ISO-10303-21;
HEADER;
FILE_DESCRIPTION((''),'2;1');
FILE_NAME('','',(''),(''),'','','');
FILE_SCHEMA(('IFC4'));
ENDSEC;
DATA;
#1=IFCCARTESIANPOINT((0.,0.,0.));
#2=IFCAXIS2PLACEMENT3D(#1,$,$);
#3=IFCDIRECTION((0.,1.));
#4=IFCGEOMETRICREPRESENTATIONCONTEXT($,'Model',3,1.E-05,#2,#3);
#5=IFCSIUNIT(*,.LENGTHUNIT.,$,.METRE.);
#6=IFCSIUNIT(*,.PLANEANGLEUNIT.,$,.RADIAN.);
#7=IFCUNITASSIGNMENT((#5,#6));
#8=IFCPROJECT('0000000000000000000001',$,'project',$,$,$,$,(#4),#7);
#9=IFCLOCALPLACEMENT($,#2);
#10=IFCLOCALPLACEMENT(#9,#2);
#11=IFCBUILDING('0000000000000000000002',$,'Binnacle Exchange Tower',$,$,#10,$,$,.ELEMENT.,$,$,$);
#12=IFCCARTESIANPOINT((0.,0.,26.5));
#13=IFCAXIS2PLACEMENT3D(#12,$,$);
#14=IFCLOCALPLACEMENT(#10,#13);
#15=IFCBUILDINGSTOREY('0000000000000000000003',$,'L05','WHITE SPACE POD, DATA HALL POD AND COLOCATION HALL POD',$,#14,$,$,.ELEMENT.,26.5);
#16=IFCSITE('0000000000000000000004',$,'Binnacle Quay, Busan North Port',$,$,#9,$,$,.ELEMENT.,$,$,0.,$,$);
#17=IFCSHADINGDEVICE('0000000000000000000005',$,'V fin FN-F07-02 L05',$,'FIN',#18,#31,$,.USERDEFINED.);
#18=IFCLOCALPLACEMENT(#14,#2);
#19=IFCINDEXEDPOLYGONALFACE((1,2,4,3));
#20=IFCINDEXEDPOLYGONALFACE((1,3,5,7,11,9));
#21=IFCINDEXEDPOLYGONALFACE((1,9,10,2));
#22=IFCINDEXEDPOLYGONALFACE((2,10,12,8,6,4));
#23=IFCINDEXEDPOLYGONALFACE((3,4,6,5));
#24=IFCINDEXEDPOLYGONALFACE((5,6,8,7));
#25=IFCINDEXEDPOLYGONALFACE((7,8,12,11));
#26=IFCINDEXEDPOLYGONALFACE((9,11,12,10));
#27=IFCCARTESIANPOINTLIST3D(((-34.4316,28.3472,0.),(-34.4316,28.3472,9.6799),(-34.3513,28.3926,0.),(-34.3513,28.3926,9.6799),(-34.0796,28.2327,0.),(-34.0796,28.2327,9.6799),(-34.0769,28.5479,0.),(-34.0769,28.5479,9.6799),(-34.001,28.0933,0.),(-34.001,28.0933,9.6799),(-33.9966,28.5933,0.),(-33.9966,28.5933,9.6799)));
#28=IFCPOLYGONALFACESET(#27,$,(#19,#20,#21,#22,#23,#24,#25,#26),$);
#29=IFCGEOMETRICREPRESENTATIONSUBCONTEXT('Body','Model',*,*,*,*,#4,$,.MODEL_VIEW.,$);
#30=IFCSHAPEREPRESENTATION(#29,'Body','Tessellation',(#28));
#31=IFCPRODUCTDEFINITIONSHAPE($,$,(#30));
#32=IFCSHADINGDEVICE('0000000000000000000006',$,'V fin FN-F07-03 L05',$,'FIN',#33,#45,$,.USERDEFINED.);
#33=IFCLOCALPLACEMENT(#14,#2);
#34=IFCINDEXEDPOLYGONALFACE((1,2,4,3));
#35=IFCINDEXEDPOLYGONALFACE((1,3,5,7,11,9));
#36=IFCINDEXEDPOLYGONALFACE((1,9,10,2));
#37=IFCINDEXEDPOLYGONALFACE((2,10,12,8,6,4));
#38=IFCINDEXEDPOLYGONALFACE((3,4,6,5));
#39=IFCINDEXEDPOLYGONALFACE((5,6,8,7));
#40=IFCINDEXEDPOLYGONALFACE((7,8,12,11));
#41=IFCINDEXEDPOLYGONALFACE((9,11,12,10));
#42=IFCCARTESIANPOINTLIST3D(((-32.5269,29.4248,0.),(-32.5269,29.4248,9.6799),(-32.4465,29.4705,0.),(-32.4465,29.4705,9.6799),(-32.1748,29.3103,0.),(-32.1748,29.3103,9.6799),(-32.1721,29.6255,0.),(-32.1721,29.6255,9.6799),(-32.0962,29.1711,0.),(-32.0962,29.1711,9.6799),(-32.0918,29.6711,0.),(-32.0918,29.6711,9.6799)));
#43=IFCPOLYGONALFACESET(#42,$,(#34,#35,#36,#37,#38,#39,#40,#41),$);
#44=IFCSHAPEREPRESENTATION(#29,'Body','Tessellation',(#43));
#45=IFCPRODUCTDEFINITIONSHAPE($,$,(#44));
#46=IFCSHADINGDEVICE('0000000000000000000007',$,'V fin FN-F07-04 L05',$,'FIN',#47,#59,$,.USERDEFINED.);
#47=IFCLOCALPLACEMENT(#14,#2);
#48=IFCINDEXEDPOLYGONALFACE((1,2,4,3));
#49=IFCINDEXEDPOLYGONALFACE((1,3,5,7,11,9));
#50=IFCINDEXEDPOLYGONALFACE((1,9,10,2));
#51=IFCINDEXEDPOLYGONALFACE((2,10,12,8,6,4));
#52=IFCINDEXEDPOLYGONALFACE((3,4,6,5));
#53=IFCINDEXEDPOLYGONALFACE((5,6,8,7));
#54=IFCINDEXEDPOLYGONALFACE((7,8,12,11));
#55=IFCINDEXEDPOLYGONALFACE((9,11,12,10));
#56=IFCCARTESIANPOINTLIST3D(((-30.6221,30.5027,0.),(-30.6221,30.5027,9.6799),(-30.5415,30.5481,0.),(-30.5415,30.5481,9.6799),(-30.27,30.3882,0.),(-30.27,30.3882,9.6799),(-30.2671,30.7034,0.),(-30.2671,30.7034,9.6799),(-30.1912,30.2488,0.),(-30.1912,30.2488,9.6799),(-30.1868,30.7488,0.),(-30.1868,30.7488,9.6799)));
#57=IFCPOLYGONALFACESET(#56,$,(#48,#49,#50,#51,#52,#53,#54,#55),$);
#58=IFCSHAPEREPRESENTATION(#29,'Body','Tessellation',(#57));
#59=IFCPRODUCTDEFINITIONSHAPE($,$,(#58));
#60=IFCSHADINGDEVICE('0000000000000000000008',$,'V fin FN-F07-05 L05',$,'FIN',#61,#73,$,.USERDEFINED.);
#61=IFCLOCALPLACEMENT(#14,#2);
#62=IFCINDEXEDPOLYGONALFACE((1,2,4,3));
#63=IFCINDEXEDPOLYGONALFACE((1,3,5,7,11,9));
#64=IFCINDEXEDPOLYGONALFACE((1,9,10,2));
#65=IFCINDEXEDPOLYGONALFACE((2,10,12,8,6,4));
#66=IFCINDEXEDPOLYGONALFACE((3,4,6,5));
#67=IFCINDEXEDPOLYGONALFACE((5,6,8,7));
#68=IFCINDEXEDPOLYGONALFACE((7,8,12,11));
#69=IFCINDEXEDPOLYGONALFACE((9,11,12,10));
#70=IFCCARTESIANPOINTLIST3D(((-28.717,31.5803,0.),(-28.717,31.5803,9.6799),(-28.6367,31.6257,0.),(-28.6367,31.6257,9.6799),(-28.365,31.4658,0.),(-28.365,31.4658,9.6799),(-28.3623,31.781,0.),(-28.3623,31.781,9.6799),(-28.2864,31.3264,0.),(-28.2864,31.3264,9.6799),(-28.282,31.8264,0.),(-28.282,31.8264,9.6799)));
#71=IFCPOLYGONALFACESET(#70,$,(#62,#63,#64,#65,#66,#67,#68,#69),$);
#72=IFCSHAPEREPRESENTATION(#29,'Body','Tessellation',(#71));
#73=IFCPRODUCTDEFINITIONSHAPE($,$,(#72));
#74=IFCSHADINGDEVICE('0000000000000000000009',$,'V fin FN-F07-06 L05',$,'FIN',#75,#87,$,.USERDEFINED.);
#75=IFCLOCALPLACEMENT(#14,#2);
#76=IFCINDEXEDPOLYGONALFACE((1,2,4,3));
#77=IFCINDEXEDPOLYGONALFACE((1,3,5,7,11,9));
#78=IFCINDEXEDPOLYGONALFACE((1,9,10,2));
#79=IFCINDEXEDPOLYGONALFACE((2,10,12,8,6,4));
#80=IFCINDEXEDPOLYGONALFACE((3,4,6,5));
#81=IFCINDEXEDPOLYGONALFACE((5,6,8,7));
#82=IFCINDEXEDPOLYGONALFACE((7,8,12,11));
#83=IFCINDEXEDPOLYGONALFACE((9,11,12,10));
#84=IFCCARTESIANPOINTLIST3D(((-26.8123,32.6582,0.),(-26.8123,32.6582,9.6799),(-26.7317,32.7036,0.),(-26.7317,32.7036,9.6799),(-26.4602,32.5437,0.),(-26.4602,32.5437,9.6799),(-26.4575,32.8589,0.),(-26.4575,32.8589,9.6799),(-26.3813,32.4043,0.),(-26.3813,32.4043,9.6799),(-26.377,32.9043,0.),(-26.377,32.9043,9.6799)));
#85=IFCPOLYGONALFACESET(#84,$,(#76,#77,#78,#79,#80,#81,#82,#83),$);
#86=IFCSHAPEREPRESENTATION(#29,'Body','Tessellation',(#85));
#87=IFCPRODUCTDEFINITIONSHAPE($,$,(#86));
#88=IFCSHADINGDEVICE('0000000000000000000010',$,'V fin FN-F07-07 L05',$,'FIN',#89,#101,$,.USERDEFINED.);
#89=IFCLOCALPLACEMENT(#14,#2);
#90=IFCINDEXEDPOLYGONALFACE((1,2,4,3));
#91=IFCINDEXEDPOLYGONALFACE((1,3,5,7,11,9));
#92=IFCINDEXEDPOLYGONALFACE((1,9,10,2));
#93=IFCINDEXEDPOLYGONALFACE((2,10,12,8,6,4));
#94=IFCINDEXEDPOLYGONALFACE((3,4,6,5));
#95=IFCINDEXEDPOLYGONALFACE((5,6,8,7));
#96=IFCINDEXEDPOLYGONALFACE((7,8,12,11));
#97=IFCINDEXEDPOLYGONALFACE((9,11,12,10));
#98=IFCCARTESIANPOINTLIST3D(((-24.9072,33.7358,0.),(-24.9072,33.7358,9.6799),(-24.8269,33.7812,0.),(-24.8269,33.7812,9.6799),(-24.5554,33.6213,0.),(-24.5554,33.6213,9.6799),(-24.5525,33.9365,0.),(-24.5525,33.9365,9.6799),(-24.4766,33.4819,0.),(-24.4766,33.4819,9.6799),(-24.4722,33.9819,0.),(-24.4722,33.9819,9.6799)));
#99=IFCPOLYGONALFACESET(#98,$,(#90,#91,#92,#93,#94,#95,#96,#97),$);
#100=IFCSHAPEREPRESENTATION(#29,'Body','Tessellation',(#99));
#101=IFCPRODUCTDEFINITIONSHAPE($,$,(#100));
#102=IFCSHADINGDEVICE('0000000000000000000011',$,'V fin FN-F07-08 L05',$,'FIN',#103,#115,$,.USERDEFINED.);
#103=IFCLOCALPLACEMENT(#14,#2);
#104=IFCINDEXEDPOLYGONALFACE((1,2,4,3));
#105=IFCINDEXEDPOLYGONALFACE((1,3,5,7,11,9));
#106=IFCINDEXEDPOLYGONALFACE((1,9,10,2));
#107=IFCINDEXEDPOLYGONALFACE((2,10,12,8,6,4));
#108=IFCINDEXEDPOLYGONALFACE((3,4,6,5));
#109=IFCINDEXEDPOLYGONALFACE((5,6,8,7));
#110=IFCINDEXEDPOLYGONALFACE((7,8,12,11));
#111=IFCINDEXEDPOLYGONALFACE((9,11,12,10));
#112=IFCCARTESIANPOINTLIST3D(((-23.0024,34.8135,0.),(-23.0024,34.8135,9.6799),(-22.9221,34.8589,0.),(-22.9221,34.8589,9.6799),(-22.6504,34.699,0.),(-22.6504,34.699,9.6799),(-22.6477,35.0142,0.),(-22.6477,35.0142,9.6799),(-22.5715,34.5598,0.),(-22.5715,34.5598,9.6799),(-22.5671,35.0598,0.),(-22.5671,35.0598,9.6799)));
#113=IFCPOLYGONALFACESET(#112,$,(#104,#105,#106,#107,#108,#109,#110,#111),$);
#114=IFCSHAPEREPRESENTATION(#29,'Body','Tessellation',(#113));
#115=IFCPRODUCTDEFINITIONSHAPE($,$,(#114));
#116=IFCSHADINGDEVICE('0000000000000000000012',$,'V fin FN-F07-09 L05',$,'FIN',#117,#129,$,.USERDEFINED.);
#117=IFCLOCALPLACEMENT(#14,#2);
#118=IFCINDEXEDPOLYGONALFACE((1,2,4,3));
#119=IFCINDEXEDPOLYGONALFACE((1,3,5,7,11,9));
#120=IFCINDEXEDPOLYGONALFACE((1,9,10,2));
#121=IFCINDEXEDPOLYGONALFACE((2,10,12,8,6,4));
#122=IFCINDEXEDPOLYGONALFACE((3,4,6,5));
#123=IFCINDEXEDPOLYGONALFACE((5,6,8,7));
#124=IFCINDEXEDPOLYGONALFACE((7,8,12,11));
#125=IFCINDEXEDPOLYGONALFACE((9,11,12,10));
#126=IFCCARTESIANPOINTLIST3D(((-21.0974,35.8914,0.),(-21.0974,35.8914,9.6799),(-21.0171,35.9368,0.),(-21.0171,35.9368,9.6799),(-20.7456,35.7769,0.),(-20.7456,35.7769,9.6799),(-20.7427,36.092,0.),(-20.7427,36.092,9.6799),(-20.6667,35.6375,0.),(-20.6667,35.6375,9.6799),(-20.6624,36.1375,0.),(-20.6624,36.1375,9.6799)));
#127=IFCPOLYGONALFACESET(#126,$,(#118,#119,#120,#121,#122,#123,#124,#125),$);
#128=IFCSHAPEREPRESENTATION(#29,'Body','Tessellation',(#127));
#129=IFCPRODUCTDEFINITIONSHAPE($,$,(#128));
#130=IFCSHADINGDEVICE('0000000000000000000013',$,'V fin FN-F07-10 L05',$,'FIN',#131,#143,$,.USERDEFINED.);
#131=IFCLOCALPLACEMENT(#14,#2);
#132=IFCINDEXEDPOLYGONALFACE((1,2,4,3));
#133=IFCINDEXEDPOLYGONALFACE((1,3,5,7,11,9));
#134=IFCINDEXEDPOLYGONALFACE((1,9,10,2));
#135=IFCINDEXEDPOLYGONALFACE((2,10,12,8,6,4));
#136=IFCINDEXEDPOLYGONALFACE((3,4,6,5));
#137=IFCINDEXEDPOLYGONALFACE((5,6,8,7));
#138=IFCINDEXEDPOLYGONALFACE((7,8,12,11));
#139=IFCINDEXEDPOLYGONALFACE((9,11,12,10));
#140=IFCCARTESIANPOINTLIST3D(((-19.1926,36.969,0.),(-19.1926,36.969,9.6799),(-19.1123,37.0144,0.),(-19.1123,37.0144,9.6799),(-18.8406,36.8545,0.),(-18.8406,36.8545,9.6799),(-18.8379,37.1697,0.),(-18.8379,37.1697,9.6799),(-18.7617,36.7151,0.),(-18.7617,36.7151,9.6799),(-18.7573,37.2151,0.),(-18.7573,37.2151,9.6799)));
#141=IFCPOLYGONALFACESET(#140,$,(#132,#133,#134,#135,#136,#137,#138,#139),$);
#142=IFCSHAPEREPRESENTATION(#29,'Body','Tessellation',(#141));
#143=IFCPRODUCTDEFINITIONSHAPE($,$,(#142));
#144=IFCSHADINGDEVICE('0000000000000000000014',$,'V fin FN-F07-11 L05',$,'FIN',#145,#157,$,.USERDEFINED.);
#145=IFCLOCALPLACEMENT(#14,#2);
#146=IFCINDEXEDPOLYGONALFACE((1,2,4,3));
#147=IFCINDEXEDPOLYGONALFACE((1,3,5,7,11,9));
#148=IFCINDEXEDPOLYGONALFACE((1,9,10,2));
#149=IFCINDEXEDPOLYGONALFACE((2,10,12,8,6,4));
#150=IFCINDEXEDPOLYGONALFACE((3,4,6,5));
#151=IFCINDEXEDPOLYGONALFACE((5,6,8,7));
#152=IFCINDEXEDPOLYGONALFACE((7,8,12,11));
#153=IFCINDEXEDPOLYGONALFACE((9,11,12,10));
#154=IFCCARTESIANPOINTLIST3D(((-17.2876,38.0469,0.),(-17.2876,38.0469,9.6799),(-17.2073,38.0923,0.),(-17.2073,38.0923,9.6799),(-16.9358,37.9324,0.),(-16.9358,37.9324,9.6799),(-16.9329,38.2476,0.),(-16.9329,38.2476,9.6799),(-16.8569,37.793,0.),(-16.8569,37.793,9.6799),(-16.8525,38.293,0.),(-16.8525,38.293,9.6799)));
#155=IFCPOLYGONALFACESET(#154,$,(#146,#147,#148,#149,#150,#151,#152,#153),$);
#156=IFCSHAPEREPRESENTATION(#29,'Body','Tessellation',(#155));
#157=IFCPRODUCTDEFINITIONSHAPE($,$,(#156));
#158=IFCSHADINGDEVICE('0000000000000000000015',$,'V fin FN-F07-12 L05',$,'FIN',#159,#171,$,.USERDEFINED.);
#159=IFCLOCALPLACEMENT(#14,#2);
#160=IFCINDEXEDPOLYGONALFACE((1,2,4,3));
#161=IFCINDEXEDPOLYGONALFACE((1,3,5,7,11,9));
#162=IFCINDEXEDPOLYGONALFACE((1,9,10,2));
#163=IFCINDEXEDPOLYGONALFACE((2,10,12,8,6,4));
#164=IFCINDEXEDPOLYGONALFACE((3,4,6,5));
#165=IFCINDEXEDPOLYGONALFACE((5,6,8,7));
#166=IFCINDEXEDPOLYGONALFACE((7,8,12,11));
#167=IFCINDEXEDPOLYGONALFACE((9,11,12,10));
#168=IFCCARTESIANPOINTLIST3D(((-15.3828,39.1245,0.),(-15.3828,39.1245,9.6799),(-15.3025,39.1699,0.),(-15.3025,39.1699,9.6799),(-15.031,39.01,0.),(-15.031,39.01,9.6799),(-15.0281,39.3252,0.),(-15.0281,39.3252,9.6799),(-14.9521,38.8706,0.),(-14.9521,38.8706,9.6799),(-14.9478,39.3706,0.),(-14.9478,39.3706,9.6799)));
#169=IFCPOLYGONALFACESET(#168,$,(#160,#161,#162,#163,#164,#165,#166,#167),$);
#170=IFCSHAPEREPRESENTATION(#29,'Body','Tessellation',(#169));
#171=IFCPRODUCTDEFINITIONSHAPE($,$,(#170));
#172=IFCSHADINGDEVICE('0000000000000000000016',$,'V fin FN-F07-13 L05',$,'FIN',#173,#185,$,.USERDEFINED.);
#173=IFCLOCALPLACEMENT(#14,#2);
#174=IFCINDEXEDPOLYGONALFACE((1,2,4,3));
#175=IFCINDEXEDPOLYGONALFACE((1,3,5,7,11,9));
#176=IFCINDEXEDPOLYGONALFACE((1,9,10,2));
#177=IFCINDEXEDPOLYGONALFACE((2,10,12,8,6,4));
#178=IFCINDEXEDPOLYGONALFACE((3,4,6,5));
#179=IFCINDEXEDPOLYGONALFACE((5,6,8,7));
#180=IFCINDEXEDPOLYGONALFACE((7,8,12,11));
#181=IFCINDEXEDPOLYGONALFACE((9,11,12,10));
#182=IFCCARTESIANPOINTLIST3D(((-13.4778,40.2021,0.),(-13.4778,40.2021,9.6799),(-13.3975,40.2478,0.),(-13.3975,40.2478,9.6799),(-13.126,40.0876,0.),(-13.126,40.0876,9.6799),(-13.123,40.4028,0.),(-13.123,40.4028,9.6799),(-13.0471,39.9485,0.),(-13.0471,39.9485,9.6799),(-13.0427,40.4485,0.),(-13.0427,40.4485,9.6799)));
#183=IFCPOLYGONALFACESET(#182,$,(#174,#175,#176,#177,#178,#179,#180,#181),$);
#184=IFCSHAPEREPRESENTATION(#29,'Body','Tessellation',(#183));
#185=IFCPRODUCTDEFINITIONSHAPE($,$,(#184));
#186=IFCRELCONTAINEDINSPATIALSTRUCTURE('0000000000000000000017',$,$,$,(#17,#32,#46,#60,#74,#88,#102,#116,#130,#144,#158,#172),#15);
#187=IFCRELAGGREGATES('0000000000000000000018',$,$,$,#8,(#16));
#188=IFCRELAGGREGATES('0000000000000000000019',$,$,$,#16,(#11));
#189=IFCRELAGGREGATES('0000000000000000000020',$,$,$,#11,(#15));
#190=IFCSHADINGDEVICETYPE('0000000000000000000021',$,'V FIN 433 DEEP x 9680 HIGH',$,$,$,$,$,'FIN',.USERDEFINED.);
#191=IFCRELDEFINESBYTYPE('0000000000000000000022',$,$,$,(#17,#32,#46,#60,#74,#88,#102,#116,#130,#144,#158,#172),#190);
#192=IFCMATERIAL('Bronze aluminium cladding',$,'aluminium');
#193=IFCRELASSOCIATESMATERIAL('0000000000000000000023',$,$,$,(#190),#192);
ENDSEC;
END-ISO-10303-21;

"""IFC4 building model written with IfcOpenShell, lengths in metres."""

from ifc_helpers import new_model, si_unit, direction, frame, origin, place, context, subcontext, project, spatial, polyline, outline, extrude, material, type_object, element, save


model = new_model("IFC4")

# Units and contexts
model_context = context("Model", 3, precision=1e-05, world=origin(), true_north=direction((0.0, 1.0)))
body_context = subcontext(model_context, "Body", "Model", "MODEL_VIEW")
ifc_project = project(units=[si_unit("LENGTHUNIT", "METRE"), si_unit("PLANEANGLEUNIT", "RADIAN")], contexts=[model_context])

# Site, building, storey
site_placement = place(None, origin())
site = spatial("IfcSite", under=ifc_project, at=site_placement, Name="Binnacle Quay, Busan North Port", CompositionType="ELEMENT", RefElevation=0.0)
building_placement = place(site_placement, origin())
building = spatial("IfcBuilding", under=site, at=building_placement, Name="Binnacle Exchange Tower", CompositionType="ELEMENT")
storey_placement = place(building_placement, frame((0.0, 0.0, 26.5)))
storey = spatial("IfcBuildingStorey", under=building, at=storey_placement, Name="L05", Description="WHITE SPACE POD, DATA HALL POD AND COLOCATION HALL POD", CompositionType="ELEMENT", Elevation=26.5)

# Shading devices
ifc_material = material(Name="Bronze aluminium cladding", Category="aluminium")
shading_device_type = type_object("IfcShadingDeviceType", Name="V FIN 433 DEEP x 9680 HIGH", ElementType="FIN", PredefinedType="USERDEFINED", material=ifc_material)
shading_device_1_placement = place(storey_placement, origin())
element("IfcShadingDevice", 1, at=shading_device_1_placement, inside=storey, type_object=shading_device_type, Name="V fin FN-F07-02 L05", ObjectType="FIN", PredefinedType="USERDEFINED", context=body_context, shape_type="SweptSolid", body=[
    extrude(outline(polyline([(-34.4316, 28.3472), (-34.001, 28.0933), (-33.9966, 28.5933), (-34.0769, 28.5479), (-34.0796, 28.2327), (-34.3513, 28.3926), (-34.4316, 28.3472)])), origin(), (0.0, 0.0, 1.0), 9.6799),
])
shading_device_2_placement = place(storey_placement, origin())
element("IfcShadingDevice", 2, at=shading_device_2_placement, inside=storey, type_object=shading_device_type, Name="V fin FN-F07-03 L05", ObjectType="FIN", PredefinedType="USERDEFINED", context=body_context, shape_type="SweptSolid", body=[
    extrude(outline(polyline([(-32.5269, 29.4248), (-32.0962, 29.1711), (-32.0918, 29.6711), (-32.1721, 29.6255), (-32.1748, 29.3103), (-32.4465, 29.4705), (-32.5269, 29.4248)])), origin(), (0.0, 0.0, 1.0), 9.6799),
])
shading_device_3_placement = place(storey_placement, origin())
element("IfcShadingDevice", 3, at=shading_device_3_placement, inside=storey, type_object=shading_device_type, Name="V fin FN-F07-04 L05", ObjectType="FIN", PredefinedType="USERDEFINED", context=body_context, shape_type="SweptSolid", body=[
    extrude(outline(polyline([(-30.6221, 30.5027), (-30.1912, 30.2488), (-30.1868, 30.7488), (-30.2671, 30.7034), (-30.27, 30.3882), (-30.5415, 30.5481), (-30.6221, 30.5027)])), origin(), (0.0, 0.0, 1.0), 9.6799),
])
shading_device_4_placement = place(storey_placement, origin())
element("IfcShadingDevice", 4, at=shading_device_4_placement, inside=storey, type_object=shading_device_type, Name="V fin FN-F07-05 L05", ObjectType="FIN", PredefinedType="USERDEFINED", context=body_context, shape_type="SweptSolid", body=[
    extrude(outline(polyline([(-28.717, 31.5803), (-28.2864, 31.3264), (-28.282, 31.8264), (-28.3623, 31.781), (-28.365, 31.4658), (-28.6367, 31.6257), (-28.717, 31.5803)])), origin(), (0.0, 0.0, 1.0), 9.6799),
])
shading_device_5_placement = place(storey_placement, origin())
element("IfcShadingDevice", 5, at=shading_device_5_placement, inside=storey, type_object=shading_device_type, Name="V fin FN-F07-06 L05", ObjectType="FIN", PredefinedType="USERDEFINED", context=body_context, shape_type="SweptSolid", body=[
    extrude(outline(polyline([(-26.8123, 32.6582), (-26.3813, 32.4043), (-26.377, 32.9043), (-26.4575, 32.8589), (-26.4602, 32.5437), (-26.7317, 32.7036), (-26.8123, 32.6582)])), origin(), (0.0, 0.0, 1.0), 9.6799),
])
shading_device_6_placement = place(storey_placement, origin())
element("IfcShadingDevice", 6, at=shading_device_6_placement, inside=storey, type_object=shading_device_type, Name="V fin FN-F07-07 L05", ObjectType="FIN", PredefinedType="USERDEFINED", context=body_context, shape_type="SweptSolid", body=[
    extrude(outline(polyline([(-24.9072, 33.7358), (-24.4766, 33.4819), (-24.4722, 33.9819), (-24.5525, 33.9365), (-24.5554, 33.6213), (-24.8269, 33.7812), (-24.9072, 33.7358)])), origin(), (0.0, 0.0, 1.0), 9.6799),
])
shading_device_7_placement = place(storey_placement, origin())
element("IfcShadingDevice", 7, at=shading_device_7_placement, inside=storey, type_object=shading_device_type, Name="V fin FN-F07-08 L05", ObjectType="FIN", PredefinedType="USERDEFINED", context=body_context, shape_type="SweptSolid", body=[
    extrude(outline(polyline([(-23.0024, 34.8135), (-22.5715, 34.5598), (-22.5671, 35.0598), (-22.6477, 35.0142), (-22.6504, 34.699), (-22.9221, 34.8589), (-23.0024, 34.8135)])), origin(), (0.0, 0.0, 1.0), 9.6799),
])
shading_device_8_placement = place(storey_placement, origin())
element("IfcShadingDevice", 8, at=shading_device_8_placement, inside=storey, type_object=shading_device_type, Name="V fin FN-F07-09 L05", ObjectType="FIN", PredefinedType="USERDEFINED", context=body_context, shape_type="SweptSolid", body=[
    extrude(outline(polyline([(-21.0974, 35.8914), (-20.6667, 35.6375), (-20.6624, 36.1375), (-20.7427, 36.092), (-20.7456, 35.7769), (-21.0171, 35.9368), (-21.0974, 35.8914)])), origin(), (0.0, 0.0, 1.0), 9.6799),
])
shading_device_9_placement = place(storey_placement, origin())
element("IfcShadingDevice", 9, at=shading_device_9_placement, inside=storey, type_object=shading_device_type, Name="V fin FN-F07-10 L05", ObjectType="FIN", PredefinedType="USERDEFINED", context=body_context, shape_type="SweptSolid", body=[
    extrude(outline(polyline([(-19.1926, 36.969), (-18.7617, 36.7151), (-18.7573, 37.2151), (-18.8379, 37.1697), (-18.8406, 36.8545), (-19.1123, 37.0144), (-19.1926, 36.969)])), origin(), (0.0, 0.0, 1.0), 9.6799),
])
shading_device_10_placement = place(storey_placement, origin())
element("IfcShadingDevice", 10, at=shading_device_10_placement, inside=storey, type_object=shading_device_type, Name="V fin FN-F07-11 L05", ObjectType="FIN", PredefinedType="USERDEFINED", context=body_context, shape_type="SweptSolid", body=[
    extrude(outline(polyline([(-17.2876, 38.0469), (-16.8569, 37.793), (-16.8525, 38.293), (-16.9329, 38.2476), (-16.9358, 37.9324), (-17.2073, 38.0923), (-17.2876, 38.0469)])), origin(), (0.0, 0.0, 1.0), 9.6799),
])
shading_device_11_placement = place(storey_placement, origin())
element("IfcShadingDevice", 11, at=shading_device_11_placement, inside=storey, type_object=shading_device_type, Name="V fin FN-F07-12 L05", ObjectType="FIN", PredefinedType="USERDEFINED", context=body_context, shape_type="SweptSolid", body=[
    extrude(outline(polyline([(-15.3828, 39.1245), (-14.9521, 38.8706), (-14.9478, 39.3706), (-15.0281, 39.3252), (-15.031, 39.01), (-15.3025, 39.1699), (-15.3828, 39.1245)])), origin(), (0.0, 0.0, 1.0), 9.6799),
])
shading_device_12_placement = place(storey_placement, origin())
element("IfcShadingDevice", 12, at=shading_device_12_placement, inside=storey, type_object=shading_device_type, Name="V fin FN-F07-13 L05", ObjectType="FIN", PredefinedType="USERDEFINED", context=body_context, shape_type="SweptSolid", body=[
    extrude(outline(polyline([(-13.4778, 40.2021), (-13.0471, 39.9485), (-13.0427, 40.4485), (-13.123, 40.4028), (-13.126, 40.0876), (-13.3975, 40.2478), (-13.4778, 40.2021)])), origin(), (0.0, 0.0, 1.0), 9.6799),
])

save(model, "model.ifc")
